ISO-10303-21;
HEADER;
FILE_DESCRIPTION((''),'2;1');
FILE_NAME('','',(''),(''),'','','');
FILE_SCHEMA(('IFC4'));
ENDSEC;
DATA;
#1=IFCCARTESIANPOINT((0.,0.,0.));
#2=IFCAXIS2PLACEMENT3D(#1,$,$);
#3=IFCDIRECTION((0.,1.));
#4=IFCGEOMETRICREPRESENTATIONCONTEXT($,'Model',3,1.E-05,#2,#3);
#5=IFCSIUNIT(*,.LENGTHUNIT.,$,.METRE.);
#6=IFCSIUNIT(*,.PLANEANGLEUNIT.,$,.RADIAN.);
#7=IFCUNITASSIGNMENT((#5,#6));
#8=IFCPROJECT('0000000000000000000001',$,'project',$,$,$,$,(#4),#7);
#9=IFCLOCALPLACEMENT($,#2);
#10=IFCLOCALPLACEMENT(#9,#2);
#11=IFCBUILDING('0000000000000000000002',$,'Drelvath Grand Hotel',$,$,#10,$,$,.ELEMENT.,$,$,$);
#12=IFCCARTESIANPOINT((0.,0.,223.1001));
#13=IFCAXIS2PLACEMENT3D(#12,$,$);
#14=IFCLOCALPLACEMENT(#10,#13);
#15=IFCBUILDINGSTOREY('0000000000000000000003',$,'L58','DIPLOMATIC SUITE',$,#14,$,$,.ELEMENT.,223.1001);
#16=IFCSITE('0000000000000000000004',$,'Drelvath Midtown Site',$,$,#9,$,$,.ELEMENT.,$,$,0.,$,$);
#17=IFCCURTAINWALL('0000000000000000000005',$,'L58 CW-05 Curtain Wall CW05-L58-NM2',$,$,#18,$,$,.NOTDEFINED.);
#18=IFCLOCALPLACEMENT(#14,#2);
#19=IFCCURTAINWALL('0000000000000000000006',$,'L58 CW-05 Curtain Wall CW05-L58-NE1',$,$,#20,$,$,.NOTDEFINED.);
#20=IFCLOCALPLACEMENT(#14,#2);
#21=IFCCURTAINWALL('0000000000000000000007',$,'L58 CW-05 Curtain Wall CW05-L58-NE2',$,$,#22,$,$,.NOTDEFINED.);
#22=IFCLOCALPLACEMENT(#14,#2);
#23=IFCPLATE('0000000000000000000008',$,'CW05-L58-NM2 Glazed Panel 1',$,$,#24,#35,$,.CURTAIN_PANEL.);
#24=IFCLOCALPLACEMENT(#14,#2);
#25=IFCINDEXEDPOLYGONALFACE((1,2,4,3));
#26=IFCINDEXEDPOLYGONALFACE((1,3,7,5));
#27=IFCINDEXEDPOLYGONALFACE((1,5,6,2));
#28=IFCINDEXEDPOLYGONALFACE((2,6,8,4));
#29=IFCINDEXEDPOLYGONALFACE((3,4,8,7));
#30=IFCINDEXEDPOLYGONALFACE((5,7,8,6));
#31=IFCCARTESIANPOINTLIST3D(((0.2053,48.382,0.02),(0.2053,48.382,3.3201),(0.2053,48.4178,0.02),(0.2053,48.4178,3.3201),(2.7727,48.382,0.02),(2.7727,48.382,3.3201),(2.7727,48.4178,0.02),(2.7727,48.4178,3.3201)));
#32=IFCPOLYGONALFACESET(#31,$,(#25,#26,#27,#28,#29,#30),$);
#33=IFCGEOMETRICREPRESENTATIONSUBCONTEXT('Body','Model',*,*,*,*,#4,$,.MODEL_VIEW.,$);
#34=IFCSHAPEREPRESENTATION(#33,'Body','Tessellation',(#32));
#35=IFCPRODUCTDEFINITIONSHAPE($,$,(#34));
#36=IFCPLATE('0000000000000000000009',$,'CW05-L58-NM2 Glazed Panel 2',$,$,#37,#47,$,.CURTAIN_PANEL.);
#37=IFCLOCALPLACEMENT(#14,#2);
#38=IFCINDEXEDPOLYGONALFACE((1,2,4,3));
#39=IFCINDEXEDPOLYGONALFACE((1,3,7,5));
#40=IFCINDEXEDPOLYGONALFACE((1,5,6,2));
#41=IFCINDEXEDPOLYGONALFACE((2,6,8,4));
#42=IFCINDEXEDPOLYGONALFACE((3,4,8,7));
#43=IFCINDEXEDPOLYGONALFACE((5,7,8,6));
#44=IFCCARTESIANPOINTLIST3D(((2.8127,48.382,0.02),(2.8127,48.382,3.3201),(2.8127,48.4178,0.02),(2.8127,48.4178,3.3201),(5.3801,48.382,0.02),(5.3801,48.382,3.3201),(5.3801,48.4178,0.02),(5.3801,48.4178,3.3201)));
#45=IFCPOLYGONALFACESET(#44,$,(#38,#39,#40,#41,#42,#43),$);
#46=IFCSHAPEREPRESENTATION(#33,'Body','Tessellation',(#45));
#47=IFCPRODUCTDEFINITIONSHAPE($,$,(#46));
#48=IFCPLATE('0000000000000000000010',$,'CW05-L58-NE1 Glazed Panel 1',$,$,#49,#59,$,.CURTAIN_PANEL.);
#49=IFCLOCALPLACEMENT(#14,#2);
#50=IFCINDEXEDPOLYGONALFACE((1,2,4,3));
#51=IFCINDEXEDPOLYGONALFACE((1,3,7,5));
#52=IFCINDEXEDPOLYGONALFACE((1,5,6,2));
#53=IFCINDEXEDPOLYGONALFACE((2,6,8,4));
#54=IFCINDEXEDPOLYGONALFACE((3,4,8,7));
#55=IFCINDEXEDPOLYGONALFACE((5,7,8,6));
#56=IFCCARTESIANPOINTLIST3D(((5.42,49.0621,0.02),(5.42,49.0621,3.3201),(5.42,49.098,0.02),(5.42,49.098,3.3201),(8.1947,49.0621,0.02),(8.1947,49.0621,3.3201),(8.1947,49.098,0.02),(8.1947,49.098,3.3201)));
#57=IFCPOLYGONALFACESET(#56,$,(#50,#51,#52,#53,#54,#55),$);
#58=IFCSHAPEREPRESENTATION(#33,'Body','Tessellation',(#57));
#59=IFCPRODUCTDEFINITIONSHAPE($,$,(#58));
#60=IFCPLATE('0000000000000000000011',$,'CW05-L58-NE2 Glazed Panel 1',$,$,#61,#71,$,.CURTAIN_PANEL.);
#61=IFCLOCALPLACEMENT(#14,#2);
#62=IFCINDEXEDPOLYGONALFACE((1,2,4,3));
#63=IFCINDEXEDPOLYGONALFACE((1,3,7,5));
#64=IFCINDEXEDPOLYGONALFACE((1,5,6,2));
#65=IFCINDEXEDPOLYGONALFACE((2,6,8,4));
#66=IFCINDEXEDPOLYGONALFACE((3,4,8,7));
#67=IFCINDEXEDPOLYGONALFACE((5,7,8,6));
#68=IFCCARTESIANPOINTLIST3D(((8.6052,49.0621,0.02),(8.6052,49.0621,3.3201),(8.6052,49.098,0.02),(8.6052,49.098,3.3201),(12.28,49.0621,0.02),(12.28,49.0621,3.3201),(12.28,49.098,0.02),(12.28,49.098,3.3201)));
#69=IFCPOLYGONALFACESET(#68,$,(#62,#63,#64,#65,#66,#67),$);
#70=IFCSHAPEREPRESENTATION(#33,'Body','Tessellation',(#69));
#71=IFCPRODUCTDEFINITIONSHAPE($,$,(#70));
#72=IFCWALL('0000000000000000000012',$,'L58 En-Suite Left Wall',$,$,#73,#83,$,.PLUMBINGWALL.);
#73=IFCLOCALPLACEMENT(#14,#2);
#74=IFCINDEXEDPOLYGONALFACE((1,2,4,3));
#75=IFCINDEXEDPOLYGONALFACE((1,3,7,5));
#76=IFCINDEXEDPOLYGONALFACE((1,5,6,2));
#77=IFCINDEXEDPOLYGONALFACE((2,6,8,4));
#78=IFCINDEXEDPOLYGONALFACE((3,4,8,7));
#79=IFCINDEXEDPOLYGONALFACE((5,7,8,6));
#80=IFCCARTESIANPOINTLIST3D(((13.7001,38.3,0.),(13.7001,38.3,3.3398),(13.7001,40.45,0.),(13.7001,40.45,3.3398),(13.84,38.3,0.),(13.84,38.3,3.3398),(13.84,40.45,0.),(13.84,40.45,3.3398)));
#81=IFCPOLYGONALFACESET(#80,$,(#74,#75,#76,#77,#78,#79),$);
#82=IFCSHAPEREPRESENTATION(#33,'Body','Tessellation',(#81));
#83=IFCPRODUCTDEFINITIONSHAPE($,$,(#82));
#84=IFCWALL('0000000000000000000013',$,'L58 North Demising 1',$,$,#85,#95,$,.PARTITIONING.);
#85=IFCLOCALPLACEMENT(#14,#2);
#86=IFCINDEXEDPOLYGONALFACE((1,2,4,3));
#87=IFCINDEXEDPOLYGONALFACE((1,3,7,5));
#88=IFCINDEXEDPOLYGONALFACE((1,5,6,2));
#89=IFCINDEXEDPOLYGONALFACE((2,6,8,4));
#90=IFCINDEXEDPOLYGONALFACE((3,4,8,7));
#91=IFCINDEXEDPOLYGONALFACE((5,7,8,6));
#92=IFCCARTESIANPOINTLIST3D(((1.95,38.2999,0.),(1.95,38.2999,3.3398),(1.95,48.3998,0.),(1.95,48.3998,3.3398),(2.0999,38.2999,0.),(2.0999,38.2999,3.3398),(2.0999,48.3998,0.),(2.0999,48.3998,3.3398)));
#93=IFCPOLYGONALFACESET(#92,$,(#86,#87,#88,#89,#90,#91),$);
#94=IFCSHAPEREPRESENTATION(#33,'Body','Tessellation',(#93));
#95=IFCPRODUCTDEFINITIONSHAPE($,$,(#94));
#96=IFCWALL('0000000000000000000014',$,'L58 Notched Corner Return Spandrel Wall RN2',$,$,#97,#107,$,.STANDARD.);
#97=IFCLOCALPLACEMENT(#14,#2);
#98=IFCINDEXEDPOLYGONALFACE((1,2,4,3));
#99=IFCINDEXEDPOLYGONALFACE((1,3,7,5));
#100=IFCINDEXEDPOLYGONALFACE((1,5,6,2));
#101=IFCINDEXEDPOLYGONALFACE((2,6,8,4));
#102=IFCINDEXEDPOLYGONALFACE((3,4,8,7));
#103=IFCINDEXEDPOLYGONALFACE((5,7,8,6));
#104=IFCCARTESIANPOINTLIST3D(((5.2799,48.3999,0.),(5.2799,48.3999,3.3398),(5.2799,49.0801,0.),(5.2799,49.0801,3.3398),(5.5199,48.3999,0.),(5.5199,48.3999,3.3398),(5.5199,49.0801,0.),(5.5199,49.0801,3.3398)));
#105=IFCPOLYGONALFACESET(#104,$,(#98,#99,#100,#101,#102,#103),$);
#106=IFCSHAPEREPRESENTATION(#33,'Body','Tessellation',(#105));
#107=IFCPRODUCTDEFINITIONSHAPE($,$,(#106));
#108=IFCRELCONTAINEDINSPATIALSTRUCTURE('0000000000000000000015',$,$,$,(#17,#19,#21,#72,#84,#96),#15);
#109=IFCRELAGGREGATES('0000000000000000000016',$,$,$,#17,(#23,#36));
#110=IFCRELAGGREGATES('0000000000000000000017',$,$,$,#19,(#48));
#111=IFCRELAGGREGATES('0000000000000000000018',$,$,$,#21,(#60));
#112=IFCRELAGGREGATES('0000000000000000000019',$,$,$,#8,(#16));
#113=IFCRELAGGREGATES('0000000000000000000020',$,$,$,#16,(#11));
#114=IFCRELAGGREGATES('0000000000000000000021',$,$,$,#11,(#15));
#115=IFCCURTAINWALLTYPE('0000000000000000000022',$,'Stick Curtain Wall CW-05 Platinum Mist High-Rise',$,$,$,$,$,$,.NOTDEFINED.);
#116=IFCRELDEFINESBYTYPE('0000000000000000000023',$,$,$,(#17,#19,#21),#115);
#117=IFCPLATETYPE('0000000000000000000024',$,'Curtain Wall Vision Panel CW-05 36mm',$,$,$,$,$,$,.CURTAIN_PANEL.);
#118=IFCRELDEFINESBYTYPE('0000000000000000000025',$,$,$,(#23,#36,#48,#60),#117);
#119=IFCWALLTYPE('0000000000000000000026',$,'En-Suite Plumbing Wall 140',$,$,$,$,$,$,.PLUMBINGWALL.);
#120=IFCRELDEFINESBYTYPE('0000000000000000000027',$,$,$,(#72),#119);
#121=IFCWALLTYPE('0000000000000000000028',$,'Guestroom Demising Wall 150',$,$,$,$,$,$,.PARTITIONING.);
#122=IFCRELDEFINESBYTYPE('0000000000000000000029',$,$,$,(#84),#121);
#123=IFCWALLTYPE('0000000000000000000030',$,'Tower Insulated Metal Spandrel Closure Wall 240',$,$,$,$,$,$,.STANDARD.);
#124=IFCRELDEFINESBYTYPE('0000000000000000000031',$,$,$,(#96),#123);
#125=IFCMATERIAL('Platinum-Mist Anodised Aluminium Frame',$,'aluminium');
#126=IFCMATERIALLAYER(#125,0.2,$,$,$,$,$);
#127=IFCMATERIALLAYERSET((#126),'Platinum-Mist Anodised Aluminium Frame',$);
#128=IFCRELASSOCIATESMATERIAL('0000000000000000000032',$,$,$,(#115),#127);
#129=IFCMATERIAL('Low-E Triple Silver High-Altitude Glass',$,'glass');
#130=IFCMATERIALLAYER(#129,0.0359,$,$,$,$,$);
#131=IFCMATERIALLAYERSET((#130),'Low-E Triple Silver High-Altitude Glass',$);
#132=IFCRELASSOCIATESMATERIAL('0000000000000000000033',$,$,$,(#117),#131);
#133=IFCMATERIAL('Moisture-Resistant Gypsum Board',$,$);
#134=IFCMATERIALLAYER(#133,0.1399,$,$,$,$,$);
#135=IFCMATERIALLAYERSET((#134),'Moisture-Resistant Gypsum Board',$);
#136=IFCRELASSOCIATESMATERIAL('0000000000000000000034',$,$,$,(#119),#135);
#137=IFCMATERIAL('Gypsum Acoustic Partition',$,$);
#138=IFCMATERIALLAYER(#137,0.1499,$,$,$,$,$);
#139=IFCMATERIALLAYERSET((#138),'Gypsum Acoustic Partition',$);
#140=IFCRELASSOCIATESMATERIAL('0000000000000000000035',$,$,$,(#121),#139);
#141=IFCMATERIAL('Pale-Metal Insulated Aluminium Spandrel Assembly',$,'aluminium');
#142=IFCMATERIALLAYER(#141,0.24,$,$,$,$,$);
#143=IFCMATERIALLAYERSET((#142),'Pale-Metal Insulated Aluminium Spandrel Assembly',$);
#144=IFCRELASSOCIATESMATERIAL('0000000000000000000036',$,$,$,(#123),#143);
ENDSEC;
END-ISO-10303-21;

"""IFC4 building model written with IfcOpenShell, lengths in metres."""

from ifc_helpers import new_model, si_unit, direction, frame, frame_2d, origin, origin_2d, place, context, subcontext, project, spatial, rectangle, extrude, material, layer, layer_set, type_object, element, aggregate, save


model = new_model("IFC4")

# Units and contexts
model_context = context("Model", 3, precision=1e-05, world=origin(), true_north=direction((0.0, 1.0)))
body_context = subcontext(model_context, "Body", "Model", "MODEL_VIEW")
ifc_project = project(units=[si_unit("LENGTHUNIT", "METRE"), si_unit("PLANEANGLEUNIT", "RADIAN")], contexts=[model_context])

# Site, building, storey
site_placement = place(None, origin())
site = spatial("IfcSite", under=ifc_project, at=site_placement, Name="Drelvath Midtown Site", CompositionType="ELEMENT", RefElevation=0.0)
building_placement = place(site_placement, origin())
building = spatial("IfcBuilding", under=site, at=building_placement, Name="Drelvath Grand Hotel", CompositionType="ELEMENT")
storey_placement = place(building_placement, frame((0.0, 0.0, 223.1001)))
storey = spatial("IfcBuildingStorey", under=building, at=storey_placement, Name="L58", Description="DIPLOMATIC SUITE", CompositionType="ELEMENT", Elevation=223.1001)

# Curtain walls
ifc_material_1 = material(Name="Platinum-Mist Anodised Aluminium Frame", Category="aluminium")
ifc_layer_1 = layer(ifc_material_1, 0.2)
ifc_layer_set_1 = layer_set([ifc_layer_1], Name="Platinum-Mist Anodised Aluminium Frame")
curtain_wall_type = type_object("IfcCurtainWallType", Name="Stick Curtain Wall CW-05 Platinum Mist High-Rise", PredefinedType="NOTDEFINED", material=ifc_layer_set_1)
curtain_wall_1_placement = place(storey_placement, origin())
curtain_wall_1 = element("IfcCurtainWall", 1, at=curtain_wall_1_placement, inside=storey, type_object=curtain_wall_type, Name="L58 CW-05 Curtain Wall CW05-L58-NM2", PredefinedType="NOTDEFINED")
curtain_wall_2_placement = place(storey_placement, origin())
curtain_wall_2 = element("IfcCurtainWall", 2, at=curtain_wall_2_placement, inside=storey, type_object=curtain_wall_type, Name="L58 CW-05 Curtain Wall CW05-L58-NE1", PredefinedType="NOTDEFINED")
curtain_wall_3_placement = place(storey_placement, origin())
curtain_wall_3 = element("IfcCurtainWall", 3, at=curtain_wall_3_placement, inside=storey, type_object=curtain_wall_type, Name="L58 CW-05 Curtain Wall CW05-L58-NE2", PredefinedType="NOTDEFINED")

# Plates
ifc_material_2 = material(Name="Low-E Triple Silver High-Altitude Glass", Category="glass")
ifc_layer_2 = layer(ifc_material_2, 0.0359)
ifc_layer_set_2 = layer_set([ifc_layer_2], Name="Low-E Triple Silver High-Altitude Glass")
plate_type = type_object("IfcPlateType", Name="Curtain Wall Vision Panel CW-05 36mm", PredefinedType="CURTAIN_PANEL", material=ifc_layer_set_2)
plate_1_placement = place(storey_placement, frame((1.489, 48.3999, 0.02), z_axis=(0.0, 0.0, 1.0), x_axis=(1.0, 0.0, 0.0)))
plate_1 = element("IfcPlate", 4, at=plate_1_placement, type_object=plate_type, Name="CW05-L58-NM2 Glazed Panel 1", PredefinedType="CURTAIN_PANEL", context=body_context, shape_type="SweptSolid", body=[
    extrude(rectangle(XDim=2.5674, YDim=0.0359, at=origin_2d()), origin(), (0.0, 0.0, 1.0), 3.3),
])
plate_2_placement = place(storey_placement, frame((4.0964, 48.3999, 0.02), z_axis=(0.0, 0.0, 1.0), x_axis=(1.0, 0.0, 0.0)))
plate_2 = element("IfcPlate", 5, at=plate_2_placement, type_object=plate_type, Name="CW05-L58-NM2 Glazed Panel 2", PredefinedType="CURTAIN_PANEL", context=body_context, shape_type="SweptSolid", body=[
    extrude(rectangle(XDim=2.5674, YDim=0.0359, at=origin_2d()), origin(), (0.0, 0.0, 1.0), 3.3),
])
aggregate(curtain_wall_1, [plate_1, plate_2])
plate_3_placement = place(storey_placement, frame((6.8074, 49.0801, 0.02), z_axis=(0.0, 0.0, 1.0), x_axis=(1.0, 0.0, 0.0)))
plate_3 = element("IfcPlate", 6, at=plate_3_placement, type_object=plate_type, Name="CW05-L58-NE1 Glazed Panel 1", PredefinedType="CURTAIN_PANEL", context=body_context, shape_type="SweptSolid", body=[
    extrude(rectangle(XDim=2.7747, YDim=0.0359, at=origin_2d()), origin(), (0.0, 0.0, 1.0), 3.3),
])
aggregate(curtain_wall_2, [plate_3])
plate_4_placement = place(storey_placement, frame((10.4426, 49.0801, 0.02), z_axis=(0.0, 0.0, 1.0), x_axis=(1.0, 0.0, 0.0)))
plate_4 = element("IfcPlate", 7, at=plate_4_placement, type_object=plate_type, Name="CW05-L58-NE2 Glazed Panel 1", PredefinedType="CURTAIN_PANEL", context=body_context, shape_type="SweptSolid", body=[
    extrude(rectangle(XDim=3.6748, YDim=0.0359, at=origin_2d()), origin(), (0.0, 0.0, 1.0), 3.3),
])
aggregate(curtain_wall_3, [plate_4])

# Walls
ifc_material_3 = material(Name="Moisture-Resistant Gypsum Board")
ifc_layer_3 = layer(ifc_material_3, 0.1399)
ifc_layer_set_3 = layer_set([ifc_layer_3], Name="Moisture-Resistant Gypsum Board")
wall_type_1 = type_object("IfcWallType", Name="En-Suite Plumbing Wall 140", PredefinedType="PLUMBINGWALL", material=ifc_layer_set_3)
wall_1_placement = place(storey_placement, frame((13.77, 38.3, 0.0), z_axis=(0.0, 0.0, 1.0), x_axis=(0.0, 1.0, 0.0)))
element("IfcWall", 8, at=wall_1_placement, inside=storey, type_object=wall_type_1, Name="L58 En-Suite Left Wall", PredefinedType="PLUMBINGWALL", context=body_context, shape_type="SweptSolid", body=[
    extrude(rectangle(XDim=2.1499, YDim=0.1399, at=frame_2d((1.075, 0.0))), origin(), (0.0, 0.0, 1.0), 3.3398),
])
ifc_material_4 = material(Name="Gypsum Acoustic Partition")
ifc_layer_4 = layer(ifc_material_4, 0.1499)
ifc_layer_set_4 = layer_set([ifc_layer_4], Name="Gypsum Acoustic Partition")
wall_type_2 = type_object("IfcWallType", Name="Guestroom Demising Wall 150", PredefinedType="PARTITIONING", material=ifc_layer_set_4)
wall_2_placement = place(storey_placement, frame((2.0249, 38.3, 0.0), z_axis=(0.0, 0.0, 1.0), x_axis=(0.0, 1.0, 0.0)))
element("IfcWall", 9, at=wall_2_placement, inside=storey, type_object=wall_type_2, Name="L58 North Demising 1", PredefinedType="PARTITIONING", context=body_context, shape_type="SweptSolid", body=[
    extrude(rectangle(XDim=10.0999, YDim=0.1499, at=frame_2d((5.0498, 0.0))), origin(), (0.0, 0.0, 1.0), 3.3398),
])
ifc_material_5 = material(Name="Pale-Metal Insulated Aluminium Spandrel Assembly", Category="aluminium")
ifc_layer_5 = layer(ifc_material_5, 0.24)
ifc_layer_set_5 = layer_set([ifc_layer_5], Name="Pale-Metal Insulated Aluminium Spandrel Assembly")
wall_type_3 = type_object("IfcWallType", Name="Tower Insulated Metal Spandrel Closure Wall 240", PredefinedType="STANDARD", material=ifc_layer_set_5)
wall_3_placement = place(storey_placement, frame((5.3999, 48.3999, 0.0), z_axis=(0.0, 0.0, 1.0), x_axis=(0.0, 1.0, 0.0)))
element("IfcWall", 10, at=wall_3_placement, inside=storey, type_object=wall_type_3, Name="L58 Notched Corner Return Spandrel Wall RN2", PredefinedType="STANDARD", context=body_context, shape_type="SweptSolid", body=[
    extrude(rectangle(XDim=0.6802, YDim=0.24, at=frame_2d((0.3401, 0.0))), origin(), (0.0, 0.0, 1.0), 3.3398),
])

save(model, "model.ifc")
